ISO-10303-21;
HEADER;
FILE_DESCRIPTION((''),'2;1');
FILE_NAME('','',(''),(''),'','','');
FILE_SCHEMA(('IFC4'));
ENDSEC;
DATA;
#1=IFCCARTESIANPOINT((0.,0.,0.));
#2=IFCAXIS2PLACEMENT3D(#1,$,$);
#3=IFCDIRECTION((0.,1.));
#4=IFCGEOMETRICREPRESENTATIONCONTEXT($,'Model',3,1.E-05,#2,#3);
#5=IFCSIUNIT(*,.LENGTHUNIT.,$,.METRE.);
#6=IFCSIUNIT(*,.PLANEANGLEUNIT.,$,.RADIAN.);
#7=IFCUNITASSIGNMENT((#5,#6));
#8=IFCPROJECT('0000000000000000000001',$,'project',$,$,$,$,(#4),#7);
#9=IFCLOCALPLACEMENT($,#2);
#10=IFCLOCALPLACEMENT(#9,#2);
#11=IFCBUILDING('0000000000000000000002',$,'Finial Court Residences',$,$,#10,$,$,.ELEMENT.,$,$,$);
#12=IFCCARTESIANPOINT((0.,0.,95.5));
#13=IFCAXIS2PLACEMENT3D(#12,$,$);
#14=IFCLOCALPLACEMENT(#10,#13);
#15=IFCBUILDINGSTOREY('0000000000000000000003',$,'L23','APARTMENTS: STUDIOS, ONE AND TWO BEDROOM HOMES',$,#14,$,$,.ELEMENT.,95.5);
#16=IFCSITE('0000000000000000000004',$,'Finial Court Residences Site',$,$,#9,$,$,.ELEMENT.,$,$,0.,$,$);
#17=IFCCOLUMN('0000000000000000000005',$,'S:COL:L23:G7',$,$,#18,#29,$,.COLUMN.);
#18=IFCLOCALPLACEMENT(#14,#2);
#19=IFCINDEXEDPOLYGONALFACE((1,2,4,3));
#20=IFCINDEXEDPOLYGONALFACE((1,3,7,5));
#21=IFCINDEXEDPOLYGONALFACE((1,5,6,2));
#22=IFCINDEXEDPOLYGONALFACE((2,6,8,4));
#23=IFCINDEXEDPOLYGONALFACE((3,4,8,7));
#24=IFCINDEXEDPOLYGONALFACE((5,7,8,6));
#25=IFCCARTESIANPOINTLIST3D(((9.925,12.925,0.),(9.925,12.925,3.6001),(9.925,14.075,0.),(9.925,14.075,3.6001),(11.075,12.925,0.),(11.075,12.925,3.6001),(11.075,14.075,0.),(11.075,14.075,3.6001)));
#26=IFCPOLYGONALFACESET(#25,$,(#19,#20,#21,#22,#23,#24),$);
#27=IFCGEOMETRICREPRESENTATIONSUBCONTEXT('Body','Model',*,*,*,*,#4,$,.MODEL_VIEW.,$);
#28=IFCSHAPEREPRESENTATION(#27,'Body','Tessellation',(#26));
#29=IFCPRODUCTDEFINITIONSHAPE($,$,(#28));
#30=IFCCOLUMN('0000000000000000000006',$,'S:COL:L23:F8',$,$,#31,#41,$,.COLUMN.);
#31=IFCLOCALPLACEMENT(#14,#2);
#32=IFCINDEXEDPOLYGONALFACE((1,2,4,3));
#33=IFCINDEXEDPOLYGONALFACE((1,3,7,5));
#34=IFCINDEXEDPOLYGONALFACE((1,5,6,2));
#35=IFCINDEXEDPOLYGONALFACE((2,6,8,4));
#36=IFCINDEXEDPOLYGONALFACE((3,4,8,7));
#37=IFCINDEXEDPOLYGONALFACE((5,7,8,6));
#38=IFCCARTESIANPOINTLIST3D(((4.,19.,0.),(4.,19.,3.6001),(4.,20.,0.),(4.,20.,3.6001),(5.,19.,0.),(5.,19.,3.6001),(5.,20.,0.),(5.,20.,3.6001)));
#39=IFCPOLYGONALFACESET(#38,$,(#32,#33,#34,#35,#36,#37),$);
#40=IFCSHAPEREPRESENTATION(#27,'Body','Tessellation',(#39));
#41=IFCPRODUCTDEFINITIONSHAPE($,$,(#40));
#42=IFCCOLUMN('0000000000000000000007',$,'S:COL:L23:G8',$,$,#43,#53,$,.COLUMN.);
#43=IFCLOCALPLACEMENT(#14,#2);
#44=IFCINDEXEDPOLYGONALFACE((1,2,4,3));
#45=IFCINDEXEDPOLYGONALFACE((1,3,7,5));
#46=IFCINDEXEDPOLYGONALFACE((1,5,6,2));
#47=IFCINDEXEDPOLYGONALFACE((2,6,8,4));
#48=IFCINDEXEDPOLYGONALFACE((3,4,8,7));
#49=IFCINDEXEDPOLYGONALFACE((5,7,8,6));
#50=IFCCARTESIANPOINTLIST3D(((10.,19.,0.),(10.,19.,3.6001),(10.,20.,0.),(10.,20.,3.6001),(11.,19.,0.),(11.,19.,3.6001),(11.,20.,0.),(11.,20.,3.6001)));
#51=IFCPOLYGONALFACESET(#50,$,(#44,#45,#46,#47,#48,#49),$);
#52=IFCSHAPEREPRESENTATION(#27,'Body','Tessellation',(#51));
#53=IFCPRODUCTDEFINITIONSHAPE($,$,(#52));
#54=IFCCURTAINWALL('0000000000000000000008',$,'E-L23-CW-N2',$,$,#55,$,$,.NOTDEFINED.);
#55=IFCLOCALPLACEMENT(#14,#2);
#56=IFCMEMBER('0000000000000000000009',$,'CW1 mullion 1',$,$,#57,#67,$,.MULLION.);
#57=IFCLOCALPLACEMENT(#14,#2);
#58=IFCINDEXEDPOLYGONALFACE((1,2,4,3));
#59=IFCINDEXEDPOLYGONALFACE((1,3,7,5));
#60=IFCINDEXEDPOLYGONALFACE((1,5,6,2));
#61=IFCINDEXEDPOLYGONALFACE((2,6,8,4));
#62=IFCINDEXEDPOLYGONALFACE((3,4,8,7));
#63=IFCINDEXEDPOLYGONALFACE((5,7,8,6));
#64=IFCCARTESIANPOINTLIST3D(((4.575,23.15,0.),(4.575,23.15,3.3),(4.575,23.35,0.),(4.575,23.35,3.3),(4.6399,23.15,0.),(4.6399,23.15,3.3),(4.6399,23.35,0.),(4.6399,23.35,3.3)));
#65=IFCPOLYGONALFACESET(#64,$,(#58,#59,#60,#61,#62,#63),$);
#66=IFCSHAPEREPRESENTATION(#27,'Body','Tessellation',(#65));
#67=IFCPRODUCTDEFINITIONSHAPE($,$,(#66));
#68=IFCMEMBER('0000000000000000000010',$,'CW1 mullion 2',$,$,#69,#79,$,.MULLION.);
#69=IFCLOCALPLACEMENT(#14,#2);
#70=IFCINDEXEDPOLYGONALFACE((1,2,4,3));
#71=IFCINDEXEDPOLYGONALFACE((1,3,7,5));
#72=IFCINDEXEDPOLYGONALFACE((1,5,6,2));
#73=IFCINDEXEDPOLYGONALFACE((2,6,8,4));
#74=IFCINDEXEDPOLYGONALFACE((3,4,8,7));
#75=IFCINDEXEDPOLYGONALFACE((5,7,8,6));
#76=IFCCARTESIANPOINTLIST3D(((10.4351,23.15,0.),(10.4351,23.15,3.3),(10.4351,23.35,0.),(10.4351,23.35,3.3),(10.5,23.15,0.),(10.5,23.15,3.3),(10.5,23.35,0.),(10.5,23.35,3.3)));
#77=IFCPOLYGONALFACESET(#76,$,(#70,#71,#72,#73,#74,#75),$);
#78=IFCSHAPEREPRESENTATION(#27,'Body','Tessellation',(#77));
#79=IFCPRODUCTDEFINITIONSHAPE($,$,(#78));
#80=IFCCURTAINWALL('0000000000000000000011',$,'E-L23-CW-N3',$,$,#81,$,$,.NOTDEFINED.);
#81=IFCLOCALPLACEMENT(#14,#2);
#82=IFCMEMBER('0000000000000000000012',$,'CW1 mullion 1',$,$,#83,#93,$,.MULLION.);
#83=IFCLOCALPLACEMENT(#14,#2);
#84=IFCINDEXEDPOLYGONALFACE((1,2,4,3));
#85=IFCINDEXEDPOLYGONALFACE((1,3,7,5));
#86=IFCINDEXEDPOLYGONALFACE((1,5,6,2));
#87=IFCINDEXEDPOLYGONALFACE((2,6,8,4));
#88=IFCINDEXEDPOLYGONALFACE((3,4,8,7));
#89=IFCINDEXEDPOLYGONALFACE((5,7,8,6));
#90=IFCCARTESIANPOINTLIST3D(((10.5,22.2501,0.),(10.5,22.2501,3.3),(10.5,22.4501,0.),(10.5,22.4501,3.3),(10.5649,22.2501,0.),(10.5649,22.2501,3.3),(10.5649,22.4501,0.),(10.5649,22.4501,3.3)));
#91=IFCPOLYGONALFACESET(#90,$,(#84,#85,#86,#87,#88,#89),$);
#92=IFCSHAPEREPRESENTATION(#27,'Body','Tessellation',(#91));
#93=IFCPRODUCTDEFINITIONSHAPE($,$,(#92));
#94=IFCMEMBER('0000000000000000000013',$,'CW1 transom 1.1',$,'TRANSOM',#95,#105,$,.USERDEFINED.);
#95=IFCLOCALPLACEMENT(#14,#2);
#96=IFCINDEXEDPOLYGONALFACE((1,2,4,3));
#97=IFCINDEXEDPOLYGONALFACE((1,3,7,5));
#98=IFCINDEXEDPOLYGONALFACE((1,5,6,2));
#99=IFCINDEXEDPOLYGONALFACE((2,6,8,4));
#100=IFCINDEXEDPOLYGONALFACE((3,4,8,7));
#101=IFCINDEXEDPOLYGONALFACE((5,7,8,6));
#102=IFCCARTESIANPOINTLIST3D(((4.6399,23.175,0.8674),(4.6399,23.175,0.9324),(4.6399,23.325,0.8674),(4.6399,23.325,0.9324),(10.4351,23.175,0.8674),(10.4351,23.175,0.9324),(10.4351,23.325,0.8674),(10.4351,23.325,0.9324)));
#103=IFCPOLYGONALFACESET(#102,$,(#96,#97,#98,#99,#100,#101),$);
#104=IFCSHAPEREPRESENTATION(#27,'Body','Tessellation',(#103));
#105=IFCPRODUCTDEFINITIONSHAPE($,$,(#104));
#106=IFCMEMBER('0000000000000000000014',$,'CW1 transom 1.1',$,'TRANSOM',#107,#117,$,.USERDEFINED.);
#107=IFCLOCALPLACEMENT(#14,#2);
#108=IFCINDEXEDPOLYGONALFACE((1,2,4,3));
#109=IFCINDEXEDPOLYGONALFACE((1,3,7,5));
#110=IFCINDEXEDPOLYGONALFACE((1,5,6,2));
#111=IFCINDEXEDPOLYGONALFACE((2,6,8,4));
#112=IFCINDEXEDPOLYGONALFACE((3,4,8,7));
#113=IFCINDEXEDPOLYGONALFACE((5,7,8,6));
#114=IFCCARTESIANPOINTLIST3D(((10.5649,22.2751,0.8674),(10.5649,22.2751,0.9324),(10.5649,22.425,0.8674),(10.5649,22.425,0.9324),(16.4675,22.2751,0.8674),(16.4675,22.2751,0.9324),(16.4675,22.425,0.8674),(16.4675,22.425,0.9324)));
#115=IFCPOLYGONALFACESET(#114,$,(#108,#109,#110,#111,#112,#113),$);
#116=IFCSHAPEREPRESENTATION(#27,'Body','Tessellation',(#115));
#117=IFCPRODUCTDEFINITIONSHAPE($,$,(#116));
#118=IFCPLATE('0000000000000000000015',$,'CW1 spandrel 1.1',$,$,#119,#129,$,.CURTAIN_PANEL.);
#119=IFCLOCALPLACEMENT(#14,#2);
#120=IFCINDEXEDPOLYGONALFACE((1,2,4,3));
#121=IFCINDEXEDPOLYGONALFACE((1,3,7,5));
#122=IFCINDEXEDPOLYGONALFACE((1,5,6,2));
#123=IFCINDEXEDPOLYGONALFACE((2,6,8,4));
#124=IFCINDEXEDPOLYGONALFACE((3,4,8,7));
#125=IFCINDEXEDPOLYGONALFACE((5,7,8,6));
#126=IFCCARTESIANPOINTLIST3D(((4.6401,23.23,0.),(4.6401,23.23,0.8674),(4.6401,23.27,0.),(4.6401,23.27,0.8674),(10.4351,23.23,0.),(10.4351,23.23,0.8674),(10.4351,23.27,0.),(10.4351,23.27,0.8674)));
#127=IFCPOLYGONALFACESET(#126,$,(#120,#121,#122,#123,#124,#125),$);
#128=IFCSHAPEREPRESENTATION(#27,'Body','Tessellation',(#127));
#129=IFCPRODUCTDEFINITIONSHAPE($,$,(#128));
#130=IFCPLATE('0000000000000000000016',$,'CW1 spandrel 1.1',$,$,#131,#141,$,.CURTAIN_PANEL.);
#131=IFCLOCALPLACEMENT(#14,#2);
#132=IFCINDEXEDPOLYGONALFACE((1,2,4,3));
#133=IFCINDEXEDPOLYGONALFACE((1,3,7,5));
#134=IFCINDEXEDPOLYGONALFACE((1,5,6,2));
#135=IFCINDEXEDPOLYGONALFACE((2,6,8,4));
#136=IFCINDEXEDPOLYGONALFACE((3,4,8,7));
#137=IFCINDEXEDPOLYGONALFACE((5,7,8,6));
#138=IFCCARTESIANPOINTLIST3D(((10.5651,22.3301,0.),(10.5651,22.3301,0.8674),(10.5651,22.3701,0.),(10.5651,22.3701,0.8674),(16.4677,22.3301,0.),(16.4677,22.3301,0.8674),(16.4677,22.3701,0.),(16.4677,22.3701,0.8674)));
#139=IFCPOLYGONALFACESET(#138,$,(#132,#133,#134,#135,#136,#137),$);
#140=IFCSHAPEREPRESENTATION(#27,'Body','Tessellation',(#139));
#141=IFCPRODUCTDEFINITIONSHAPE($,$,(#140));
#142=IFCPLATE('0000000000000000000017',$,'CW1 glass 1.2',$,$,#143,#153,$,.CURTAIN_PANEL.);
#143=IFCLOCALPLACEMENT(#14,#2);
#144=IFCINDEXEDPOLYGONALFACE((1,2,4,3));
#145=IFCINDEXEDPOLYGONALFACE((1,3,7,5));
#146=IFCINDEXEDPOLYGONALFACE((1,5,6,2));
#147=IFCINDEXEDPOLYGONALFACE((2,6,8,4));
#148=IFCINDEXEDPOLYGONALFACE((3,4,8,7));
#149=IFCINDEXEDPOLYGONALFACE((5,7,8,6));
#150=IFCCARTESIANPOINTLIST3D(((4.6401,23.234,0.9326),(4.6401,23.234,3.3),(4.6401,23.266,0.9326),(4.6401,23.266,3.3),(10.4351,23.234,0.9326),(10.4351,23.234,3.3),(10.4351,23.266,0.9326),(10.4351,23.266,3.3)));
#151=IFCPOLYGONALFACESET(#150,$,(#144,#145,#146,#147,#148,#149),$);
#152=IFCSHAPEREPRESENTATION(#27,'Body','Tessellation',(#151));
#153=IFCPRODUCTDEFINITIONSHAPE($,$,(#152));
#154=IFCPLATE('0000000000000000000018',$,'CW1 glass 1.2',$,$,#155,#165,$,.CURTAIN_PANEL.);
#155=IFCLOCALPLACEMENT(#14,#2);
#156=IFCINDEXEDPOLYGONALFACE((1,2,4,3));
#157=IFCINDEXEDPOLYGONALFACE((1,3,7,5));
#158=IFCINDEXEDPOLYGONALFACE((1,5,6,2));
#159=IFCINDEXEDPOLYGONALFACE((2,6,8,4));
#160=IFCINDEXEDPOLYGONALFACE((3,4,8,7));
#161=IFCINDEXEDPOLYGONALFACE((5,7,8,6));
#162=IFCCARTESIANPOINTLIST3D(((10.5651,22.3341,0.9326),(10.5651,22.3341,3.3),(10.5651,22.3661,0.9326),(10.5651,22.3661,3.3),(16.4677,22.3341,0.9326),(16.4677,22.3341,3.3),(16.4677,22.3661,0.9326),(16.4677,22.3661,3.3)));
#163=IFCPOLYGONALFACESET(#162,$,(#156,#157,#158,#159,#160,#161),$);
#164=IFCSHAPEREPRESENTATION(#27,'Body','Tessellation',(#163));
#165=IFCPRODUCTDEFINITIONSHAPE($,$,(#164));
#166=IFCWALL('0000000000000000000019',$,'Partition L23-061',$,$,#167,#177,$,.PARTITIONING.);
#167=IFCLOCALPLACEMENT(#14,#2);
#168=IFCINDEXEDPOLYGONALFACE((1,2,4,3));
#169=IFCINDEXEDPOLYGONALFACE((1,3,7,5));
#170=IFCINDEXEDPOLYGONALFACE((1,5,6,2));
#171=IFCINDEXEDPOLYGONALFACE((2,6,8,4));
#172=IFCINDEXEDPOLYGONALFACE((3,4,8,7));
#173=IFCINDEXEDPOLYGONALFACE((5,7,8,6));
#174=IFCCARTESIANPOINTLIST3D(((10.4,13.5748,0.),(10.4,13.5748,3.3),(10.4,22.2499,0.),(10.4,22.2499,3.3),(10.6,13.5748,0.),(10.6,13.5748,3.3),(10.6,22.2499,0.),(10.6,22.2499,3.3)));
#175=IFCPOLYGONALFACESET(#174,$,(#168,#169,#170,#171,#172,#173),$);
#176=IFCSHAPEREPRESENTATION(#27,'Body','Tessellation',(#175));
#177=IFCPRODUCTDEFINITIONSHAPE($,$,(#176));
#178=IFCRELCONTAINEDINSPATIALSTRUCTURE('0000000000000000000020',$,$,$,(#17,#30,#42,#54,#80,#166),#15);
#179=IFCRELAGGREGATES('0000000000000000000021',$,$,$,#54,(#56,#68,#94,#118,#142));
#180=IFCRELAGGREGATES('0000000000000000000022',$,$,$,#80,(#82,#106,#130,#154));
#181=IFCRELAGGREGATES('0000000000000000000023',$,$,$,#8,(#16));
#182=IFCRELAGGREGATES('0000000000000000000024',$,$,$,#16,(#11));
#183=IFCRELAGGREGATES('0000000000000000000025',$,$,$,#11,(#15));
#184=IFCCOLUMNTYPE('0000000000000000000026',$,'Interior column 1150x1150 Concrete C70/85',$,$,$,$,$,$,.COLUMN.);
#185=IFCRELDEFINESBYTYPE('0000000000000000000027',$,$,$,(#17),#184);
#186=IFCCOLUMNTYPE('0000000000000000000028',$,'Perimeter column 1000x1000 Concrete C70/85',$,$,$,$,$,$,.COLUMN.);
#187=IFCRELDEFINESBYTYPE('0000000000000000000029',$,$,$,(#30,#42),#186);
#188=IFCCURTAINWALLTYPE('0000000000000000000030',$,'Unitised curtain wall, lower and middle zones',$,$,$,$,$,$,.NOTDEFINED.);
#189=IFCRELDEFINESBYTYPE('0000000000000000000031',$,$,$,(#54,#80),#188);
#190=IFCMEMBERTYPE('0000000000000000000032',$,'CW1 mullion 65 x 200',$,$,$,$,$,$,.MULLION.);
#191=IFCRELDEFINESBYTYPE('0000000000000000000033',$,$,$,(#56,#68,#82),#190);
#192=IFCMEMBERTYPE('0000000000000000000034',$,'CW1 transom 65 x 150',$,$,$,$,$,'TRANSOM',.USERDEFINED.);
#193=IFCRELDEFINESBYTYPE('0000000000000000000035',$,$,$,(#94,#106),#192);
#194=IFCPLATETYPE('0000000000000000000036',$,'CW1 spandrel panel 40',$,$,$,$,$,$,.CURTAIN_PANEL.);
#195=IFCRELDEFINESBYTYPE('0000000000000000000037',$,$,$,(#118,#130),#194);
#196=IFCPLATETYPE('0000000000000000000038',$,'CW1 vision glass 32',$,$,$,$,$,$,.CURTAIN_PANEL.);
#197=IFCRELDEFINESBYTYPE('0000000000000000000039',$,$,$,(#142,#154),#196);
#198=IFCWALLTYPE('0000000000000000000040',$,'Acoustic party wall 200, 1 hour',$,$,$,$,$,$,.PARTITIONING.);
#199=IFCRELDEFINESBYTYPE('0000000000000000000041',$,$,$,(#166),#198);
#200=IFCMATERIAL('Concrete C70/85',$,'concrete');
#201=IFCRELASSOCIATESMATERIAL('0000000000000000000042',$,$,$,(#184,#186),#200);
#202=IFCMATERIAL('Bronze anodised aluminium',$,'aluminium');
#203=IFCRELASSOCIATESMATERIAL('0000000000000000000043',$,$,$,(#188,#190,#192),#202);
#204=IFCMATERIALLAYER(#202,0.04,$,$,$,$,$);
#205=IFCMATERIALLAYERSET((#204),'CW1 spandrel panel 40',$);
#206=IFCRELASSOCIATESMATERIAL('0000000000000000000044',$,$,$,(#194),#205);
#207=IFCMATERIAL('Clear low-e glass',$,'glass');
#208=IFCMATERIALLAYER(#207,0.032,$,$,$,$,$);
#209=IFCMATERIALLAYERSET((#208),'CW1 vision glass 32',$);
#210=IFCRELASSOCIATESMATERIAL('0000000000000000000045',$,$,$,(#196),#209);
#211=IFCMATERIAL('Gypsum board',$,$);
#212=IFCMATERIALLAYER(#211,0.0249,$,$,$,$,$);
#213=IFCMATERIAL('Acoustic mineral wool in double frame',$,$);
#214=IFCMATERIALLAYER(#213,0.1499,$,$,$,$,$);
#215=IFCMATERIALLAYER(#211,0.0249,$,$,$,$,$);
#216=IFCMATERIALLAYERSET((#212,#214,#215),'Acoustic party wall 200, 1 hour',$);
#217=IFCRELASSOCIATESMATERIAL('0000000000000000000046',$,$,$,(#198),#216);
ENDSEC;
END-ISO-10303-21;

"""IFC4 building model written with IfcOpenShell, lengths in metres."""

from ifc_helpers import new_model, si_unit, direction, frame, frame_2d, origin, origin_2d, place, context, subcontext, project, spatial, rectangle, extrude, material, layer, layer_set, material_profile, profile_set, type_object, element, aggregate, save


model = new_model("IFC4")

# Units and contexts
model_context = context("Model", 3, precision=1e-05, world=origin(), true_north=direction((0.0, 1.0)))
body_context = subcontext(model_context, "Body", "Model", "MODEL_VIEW")
ifc_project = project(units=[si_unit("LENGTHUNIT", "METRE"), si_unit("PLANEANGLEUNIT", "RADIAN")], contexts=[model_context])

# Site, building, storey
site_placement = place(None, origin())
site = spatial("IfcSite", under=ifc_project, at=site_placement, Name="Finial Court Residences Site", CompositionType="ELEMENT", RefElevation=0.0)
building_placement = place(site_placement, origin())
building = spatial("IfcBuilding", under=site, at=building_placement, Name="Finial Court Residences", CompositionType="ELEMENT")
storey_placement = place(building_placement, frame((0.0, 0.0, 95.5)))
storey = spatial("IfcBuildingStorey", under=building, at=storey_placement, Name="L23", Description="APARTMENTS: STUDIOS, ONE AND TWO BEDROOM HOMES", CompositionType="ELEMENT", Elevation=95.5)

# Columns
ifc_material_1 = material(Name="Concrete C70/85", Category="concrete")
ifc_material_profile_1 = material_profile(ifc_material_1, rectangle(XDim=1.1499, YDim=1.1499, at=origin_2d()), Name="1150x1150")
ifc_profile_set_1 = profile_set([ifc_material_profile_1], Name="Concrete C70/85")
column_type_1 = type_object("IfcColumnType", Name="Interior column 1150x1150 Concrete C70/85", PredefinedType="COLUMN", material=ifc_profile_set_1)
column_placement = place(storey_placement, frame((10.5, 13.5, 0.0), z_axis=(0.0, 0.0, 1.0), x_axis=(1.0, 0.0, 0.0)))
element("IfcColumn", 1, at=column_placement, inside=storey, type_object=column_type_1, Name="S:COL:L23:G7", PredefinedType="COLUMN", context=body_context, shape_type="SweptSolid", body=[
    extrude(rectangle(XDim=1.1499, YDim=1.1499, at=origin_2d()), origin(), (0.0, 0.0, 1.0), 3.6001),
])
ifc_material_profile_2 = material_profile(ifc_material_1, rectangle(XDim=1.0, YDim=1.0, at=origin_2d()), Name="1000x1000")
ifc_profile_set_2 = profile_set([ifc_material_profile_2], Name="Concrete C70/85")
column_type_2 = type_object("IfcColumnType", Name="Perimeter column 1000x1000 Concrete C70/85", PredefinedType="COLUMN", material=ifc_profile_set_2)
for number, where, z_axis, x_axis, name in (
    (2, (4.5, 19.5, 0.0), (0.0, 0.0, 1.0), (1.0, 0.0, 0.0), "S:COL:L23:F8"),
    (3, (10.5, 19.5, 0.0), (0.0, 0.0, 1.0), (1.0, 0.0, 0.0), "S:COL:L23:G8"),
):
    element("IfcColumn", number, at=place(storey_placement, frame(where, z_axis=z_axis, x_axis=x_axis)), inside=storey, type_object=column_type_2, Name=name, PredefinedType="COLUMN", context=body_context, shape_type="SweptSolid", body=[
        extrude(rectangle(XDim=1.0, YDim=1.0, at=origin_2d()), origin(), (0.0, 0.0, 1.0), 3.6001),
    ])

# Curtain wall, members
ifc_material_2 = material(Name="Bronze anodised aluminium", Category="aluminium")
curtain_wall_type = type_object("IfcCurtainWallType", Name="Unitised curtain wall, lower and middle zones", PredefinedType="NOTDEFINED", material=ifc_material_2)
curtain_wall_1_placement = place(storey_placement, origin())
curtain_wall_1 = element("IfcCurtainWall", 4, at=curtain_wall_1_placement, inside=storey, type_object=curtain_wall_type, Name="E-L23-CW-N2", PredefinedType="NOTDEFINED")
ifc_material_profile_3 = material_profile(ifc_material_2, rectangle(XDim=0.2, YDim=0.0649, at=origin_2d()), Name="CW1 mullion 65 x 200")
ifc_profile_set_3 = profile_set([ifc_material_profile_3], Name="Bronze anodised aluminium")
member_type_1 = type_object("IfcMemberType", Name="CW1 mullion 65 x 200", PredefinedType="MULLION", material=ifc_profile_set_3)
member_1_placement = place(storey_placement, frame((4.6074, 23.25, 0.0), z_axis=(0.0, 0.0, 1.0), x_axis=(0.0, 1.0, 0.0)))
member_1 = element("IfcMember", 5, at=member_1_placement, type_object=member_type_1, Name="CW1 mullion 1", PredefinedType="MULLION", context=body_context, shape_type="SweptSolid", body=[
    extrude(rectangle(XDim=0.2, YDim=0.0649, at=origin_2d()), origin(), (0.0, 0.0, 1.0), 3.3),
])
member_2_placement = place(storey_placement, frame((10.4675, 23.25, 0.0), z_axis=(0.0, 0.0, 1.0), x_axis=(0.0, 1.0, 0.0)))
member_2 = element("IfcMember", 6, at=member_2_placement, type_object=member_type_1, Name="CW1 mullion 2", PredefinedType="MULLION", context=body_context, shape_type="SweptSolid", body=[
    extrude(rectangle(XDim=0.2, YDim=0.0649, at=origin_2d()), origin(), (0.0, 0.0, 1.0), 3.3),
])

# Curtain wall, member
curtain_wall_2_placement = place(storey_placement, origin())
curtain_wall_2 = element("IfcCurtainWall", 7, at=curtain_wall_2_placement, inside=storey, type_object=curtain_wall_type, Name="E-L23-CW-N3", PredefinedType="NOTDEFINED")
member_3_placement = place(storey_placement, frame((10.5325, 22.3501, 0.0), z_axis=(0.0, 0.0, 1.0), x_axis=(0.0, 1.0, 0.0)))
member_3 = element("IfcMember", 8, at=member_3_placement, type_object=member_type_1, Name="CW1 mullion 1", PredefinedType="MULLION", context=body_context, shape_type="SweptSolid", body=[
    extrude(rectangle(XDim=0.2, YDim=0.0649, at=origin_2d()), origin(), (0.0, 0.0, 1.0), 3.3),
])

# Members
ifc_material_profile_4 = material_profile(ifc_material_2, rectangle(XDim=0.1499, YDim=0.0649, at=origin_2d()), Name="CW1 transom 65 x 150")
ifc_profile_set_4 = profile_set([ifc_material_profile_4], Name="Bronze anodised aluminium")
member_type_2 = type_object("IfcMemberType", Name="CW1 transom 65 x 150", ElementType="TRANSOM", PredefinedType="USERDEFINED", material=ifc_profile_set_4)
member_4_placement = place(storey_placement, frame((4.6399, 23.25, 0.8999), z_axis=(1.0, 0.0, 0.0), x_axis=(0.0, 1.0, 0.0)))
member_4 = element("IfcMember", 9, at=member_4_placement, type_object=member_type_2, Name="CW1 transom 1.1", ObjectType="TRANSOM", PredefinedType="USERDEFINED", context=body_context, shape_type="SweptSolid", body=[
    extrude(rectangle(XDim=0.1499, YDim=0.0649, at=origin_2d()), origin(), (0.0, 0.0, 1.0), 5.7952),
])
member_5_placement = place(storey_placement, frame((10.5649, 22.3501, 0.8999), z_axis=(1.0, 0.0, 0.0), x_axis=(0.0, 1.0, 0.0)))
member_5 = element("IfcMember", 10, at=member_5_placement, type_object=member_type_2, Name="CW1 transom 1.1", ObjectType="TRANSOM", PredefinedType="USERDEFINED", context=body_context, shape_type="SweptSolid", body=[
    extrude(rectangle(XDim=0.1499, YDim=0.0649, at=origin_2d()), origin(), (0.0, 0.0, 1.0), 5.9026),
])

# Plates
ifc_layer_1 = layer(ifc_material_2, 0.04)
ifc_layer_set_1 = layer_set([ifc_layer_1], Name="CW1 spandrel panel 40")
plate_type_1 = type_object("IfcPlateType", Name="CW1 spandrel panel 40", PredefinedType="CURTAIN_PANEL", material=ifc_layer_set_1)
plate_1_placement = place(storey_placement, frame((7.5376, 23.25, 0.0), z_axis=(0.0, 0.0, 1.0), x_axis=(1.0, 0.0, 0.0)))
plate_1 = element("IfcPlate", 11, at=plate_1_placement, type_object=plate_type_1, Name="CW1 spandrel 1.1", PredefinedType="CURTAIN_PANEL", context=body_context, shape_type="SweptSolid", body=[
    extrude(rectangle(XDim=5.7949, YDim=0.04, at=origin_2d()), origin(), (0.0, 0.0, 1.0), 0.8674),
])
plate_2_placement = place(storey_placement, frame((13.5164, 22.3501, 0.0), z_axis=(0.0, 0.0, 1.0), x_axis=(1.0, 0.0, 0.0)))
plate_2 = element("IfcPlate", 12, at=plate_2_placement, type_object=plate_type_1, Name="CW1 spandrel 1.1", PredefinedType="CURTAIN_PANEL", context=body_context, shape_type="SweptSolid", body=[
    extrude(rectangle(XDim=5.9026, YDim=0.04, at=origin_2d()), origin(), (0.0, 0.0, 1.0), 0.8674),
])
ifc_material_3 = material(Name="Clear low-e glass", Category="glass")
ifc_layer_2 = layer(ifc_material_3, 0.032)
ifc_layer_set_2 = layer_set([ifc_layer_2], Name="CW1 vision glass 32")
plate_type_2 = type_object("IfcPlateType", Name="CW1 vision glass 32", PredefinedType="CURTAIN_PANEL", material=ifc_layer_set_2)
plate_3_placement = place(storey_placement, frame((7.5376, 23.25, 0.9326), z_axis=(0.0, 0.0, 1.0), x_axis=(1.0, 0.0, 0.0)))
plate_3 = element("IfcPlate", 13, at=plate_3_placement, type_object=plate_type_2, Name="CW1 glass 1.2", PredefinedType="CURTAIN_PANEL", context=body_context, shape_type="SweptSolid", body=[
    extrude(rectangle(XDim=5.7949, YDim=0.032, at=origin_2d()), origin(), (0.0, 0.0, 1.0), 2.3674),
])
aggregate(curtain_wall_1, [member_1, member_2, member_4, plate_1, plate_3])
plate_4_placement = place(storey_placement, frame((13.5164, 22.3501, 0.9326), z_axis=(0.0, 0.0, 1.0), x_axis=(1.0, 0.0, 0.0)))
plate_4 = element("IfcPlate", 14, at=plate_4_placement, type_object=plate_type_2, Name="CW1 glass 1.2", PredefinedType="CURTAIN_PANEL", context=body_context, shape_type="SweptSolid", body=[
    extrude(rectangle(XDim=5.9026, YDim=0.032, at=origin_2d()), origin(), (0.0, 0.0, 1.0), 2.3674),
])
aggregate(curtain_wall_2, [member_3, member_5, plate_2, plate_4])

# Wall
ifc_material_4 = material(Name="Gypsum board")
ifc_layer_3 = layer(ifc_material_4, 0.0249)
ifc_material_5 = material(Name="Acoustic mineral wool in double frame")
ifc_layer_4 = layer(ifc_material_5, 0.1499)
ifc_layer_5 = layer(ifc_material_4, 0.0249)
ifc_layer_set_3 = layer_set([ifc_layer_3, ifc_layer_4, ifc_layer_5], Name="Acoustic party wall 200, 1 hour")
wall_type_1 = type_object("IfcWallType", Name="Acoustic party wall 200, 1 hour", PredefinedType="PARTITIONING", material=ifc_layer_set_3)
wall_1_placement = place(storey_placement, frame((10.5, 13.575, 0.0), z_axis=(0.0, 0.0, 1.0), x_axis=(0.0, 1.0, 0.0)))
element("IfcWall", 15, at=wall_1_placement, inside=storey, type_object=wall_type_1, Name="Partition L23-061", PredefinedType="PARTITIONING", context=body_context, shape_type="SweptSolid", body=[
    extrude(rectangle(XDim=8.675, YDim=0.2, at=frame_2d((4.3374, 0.0))), origin(), (0.0, 0.0, 1.0), 3.3),
])

save(model, "model.ifc")
